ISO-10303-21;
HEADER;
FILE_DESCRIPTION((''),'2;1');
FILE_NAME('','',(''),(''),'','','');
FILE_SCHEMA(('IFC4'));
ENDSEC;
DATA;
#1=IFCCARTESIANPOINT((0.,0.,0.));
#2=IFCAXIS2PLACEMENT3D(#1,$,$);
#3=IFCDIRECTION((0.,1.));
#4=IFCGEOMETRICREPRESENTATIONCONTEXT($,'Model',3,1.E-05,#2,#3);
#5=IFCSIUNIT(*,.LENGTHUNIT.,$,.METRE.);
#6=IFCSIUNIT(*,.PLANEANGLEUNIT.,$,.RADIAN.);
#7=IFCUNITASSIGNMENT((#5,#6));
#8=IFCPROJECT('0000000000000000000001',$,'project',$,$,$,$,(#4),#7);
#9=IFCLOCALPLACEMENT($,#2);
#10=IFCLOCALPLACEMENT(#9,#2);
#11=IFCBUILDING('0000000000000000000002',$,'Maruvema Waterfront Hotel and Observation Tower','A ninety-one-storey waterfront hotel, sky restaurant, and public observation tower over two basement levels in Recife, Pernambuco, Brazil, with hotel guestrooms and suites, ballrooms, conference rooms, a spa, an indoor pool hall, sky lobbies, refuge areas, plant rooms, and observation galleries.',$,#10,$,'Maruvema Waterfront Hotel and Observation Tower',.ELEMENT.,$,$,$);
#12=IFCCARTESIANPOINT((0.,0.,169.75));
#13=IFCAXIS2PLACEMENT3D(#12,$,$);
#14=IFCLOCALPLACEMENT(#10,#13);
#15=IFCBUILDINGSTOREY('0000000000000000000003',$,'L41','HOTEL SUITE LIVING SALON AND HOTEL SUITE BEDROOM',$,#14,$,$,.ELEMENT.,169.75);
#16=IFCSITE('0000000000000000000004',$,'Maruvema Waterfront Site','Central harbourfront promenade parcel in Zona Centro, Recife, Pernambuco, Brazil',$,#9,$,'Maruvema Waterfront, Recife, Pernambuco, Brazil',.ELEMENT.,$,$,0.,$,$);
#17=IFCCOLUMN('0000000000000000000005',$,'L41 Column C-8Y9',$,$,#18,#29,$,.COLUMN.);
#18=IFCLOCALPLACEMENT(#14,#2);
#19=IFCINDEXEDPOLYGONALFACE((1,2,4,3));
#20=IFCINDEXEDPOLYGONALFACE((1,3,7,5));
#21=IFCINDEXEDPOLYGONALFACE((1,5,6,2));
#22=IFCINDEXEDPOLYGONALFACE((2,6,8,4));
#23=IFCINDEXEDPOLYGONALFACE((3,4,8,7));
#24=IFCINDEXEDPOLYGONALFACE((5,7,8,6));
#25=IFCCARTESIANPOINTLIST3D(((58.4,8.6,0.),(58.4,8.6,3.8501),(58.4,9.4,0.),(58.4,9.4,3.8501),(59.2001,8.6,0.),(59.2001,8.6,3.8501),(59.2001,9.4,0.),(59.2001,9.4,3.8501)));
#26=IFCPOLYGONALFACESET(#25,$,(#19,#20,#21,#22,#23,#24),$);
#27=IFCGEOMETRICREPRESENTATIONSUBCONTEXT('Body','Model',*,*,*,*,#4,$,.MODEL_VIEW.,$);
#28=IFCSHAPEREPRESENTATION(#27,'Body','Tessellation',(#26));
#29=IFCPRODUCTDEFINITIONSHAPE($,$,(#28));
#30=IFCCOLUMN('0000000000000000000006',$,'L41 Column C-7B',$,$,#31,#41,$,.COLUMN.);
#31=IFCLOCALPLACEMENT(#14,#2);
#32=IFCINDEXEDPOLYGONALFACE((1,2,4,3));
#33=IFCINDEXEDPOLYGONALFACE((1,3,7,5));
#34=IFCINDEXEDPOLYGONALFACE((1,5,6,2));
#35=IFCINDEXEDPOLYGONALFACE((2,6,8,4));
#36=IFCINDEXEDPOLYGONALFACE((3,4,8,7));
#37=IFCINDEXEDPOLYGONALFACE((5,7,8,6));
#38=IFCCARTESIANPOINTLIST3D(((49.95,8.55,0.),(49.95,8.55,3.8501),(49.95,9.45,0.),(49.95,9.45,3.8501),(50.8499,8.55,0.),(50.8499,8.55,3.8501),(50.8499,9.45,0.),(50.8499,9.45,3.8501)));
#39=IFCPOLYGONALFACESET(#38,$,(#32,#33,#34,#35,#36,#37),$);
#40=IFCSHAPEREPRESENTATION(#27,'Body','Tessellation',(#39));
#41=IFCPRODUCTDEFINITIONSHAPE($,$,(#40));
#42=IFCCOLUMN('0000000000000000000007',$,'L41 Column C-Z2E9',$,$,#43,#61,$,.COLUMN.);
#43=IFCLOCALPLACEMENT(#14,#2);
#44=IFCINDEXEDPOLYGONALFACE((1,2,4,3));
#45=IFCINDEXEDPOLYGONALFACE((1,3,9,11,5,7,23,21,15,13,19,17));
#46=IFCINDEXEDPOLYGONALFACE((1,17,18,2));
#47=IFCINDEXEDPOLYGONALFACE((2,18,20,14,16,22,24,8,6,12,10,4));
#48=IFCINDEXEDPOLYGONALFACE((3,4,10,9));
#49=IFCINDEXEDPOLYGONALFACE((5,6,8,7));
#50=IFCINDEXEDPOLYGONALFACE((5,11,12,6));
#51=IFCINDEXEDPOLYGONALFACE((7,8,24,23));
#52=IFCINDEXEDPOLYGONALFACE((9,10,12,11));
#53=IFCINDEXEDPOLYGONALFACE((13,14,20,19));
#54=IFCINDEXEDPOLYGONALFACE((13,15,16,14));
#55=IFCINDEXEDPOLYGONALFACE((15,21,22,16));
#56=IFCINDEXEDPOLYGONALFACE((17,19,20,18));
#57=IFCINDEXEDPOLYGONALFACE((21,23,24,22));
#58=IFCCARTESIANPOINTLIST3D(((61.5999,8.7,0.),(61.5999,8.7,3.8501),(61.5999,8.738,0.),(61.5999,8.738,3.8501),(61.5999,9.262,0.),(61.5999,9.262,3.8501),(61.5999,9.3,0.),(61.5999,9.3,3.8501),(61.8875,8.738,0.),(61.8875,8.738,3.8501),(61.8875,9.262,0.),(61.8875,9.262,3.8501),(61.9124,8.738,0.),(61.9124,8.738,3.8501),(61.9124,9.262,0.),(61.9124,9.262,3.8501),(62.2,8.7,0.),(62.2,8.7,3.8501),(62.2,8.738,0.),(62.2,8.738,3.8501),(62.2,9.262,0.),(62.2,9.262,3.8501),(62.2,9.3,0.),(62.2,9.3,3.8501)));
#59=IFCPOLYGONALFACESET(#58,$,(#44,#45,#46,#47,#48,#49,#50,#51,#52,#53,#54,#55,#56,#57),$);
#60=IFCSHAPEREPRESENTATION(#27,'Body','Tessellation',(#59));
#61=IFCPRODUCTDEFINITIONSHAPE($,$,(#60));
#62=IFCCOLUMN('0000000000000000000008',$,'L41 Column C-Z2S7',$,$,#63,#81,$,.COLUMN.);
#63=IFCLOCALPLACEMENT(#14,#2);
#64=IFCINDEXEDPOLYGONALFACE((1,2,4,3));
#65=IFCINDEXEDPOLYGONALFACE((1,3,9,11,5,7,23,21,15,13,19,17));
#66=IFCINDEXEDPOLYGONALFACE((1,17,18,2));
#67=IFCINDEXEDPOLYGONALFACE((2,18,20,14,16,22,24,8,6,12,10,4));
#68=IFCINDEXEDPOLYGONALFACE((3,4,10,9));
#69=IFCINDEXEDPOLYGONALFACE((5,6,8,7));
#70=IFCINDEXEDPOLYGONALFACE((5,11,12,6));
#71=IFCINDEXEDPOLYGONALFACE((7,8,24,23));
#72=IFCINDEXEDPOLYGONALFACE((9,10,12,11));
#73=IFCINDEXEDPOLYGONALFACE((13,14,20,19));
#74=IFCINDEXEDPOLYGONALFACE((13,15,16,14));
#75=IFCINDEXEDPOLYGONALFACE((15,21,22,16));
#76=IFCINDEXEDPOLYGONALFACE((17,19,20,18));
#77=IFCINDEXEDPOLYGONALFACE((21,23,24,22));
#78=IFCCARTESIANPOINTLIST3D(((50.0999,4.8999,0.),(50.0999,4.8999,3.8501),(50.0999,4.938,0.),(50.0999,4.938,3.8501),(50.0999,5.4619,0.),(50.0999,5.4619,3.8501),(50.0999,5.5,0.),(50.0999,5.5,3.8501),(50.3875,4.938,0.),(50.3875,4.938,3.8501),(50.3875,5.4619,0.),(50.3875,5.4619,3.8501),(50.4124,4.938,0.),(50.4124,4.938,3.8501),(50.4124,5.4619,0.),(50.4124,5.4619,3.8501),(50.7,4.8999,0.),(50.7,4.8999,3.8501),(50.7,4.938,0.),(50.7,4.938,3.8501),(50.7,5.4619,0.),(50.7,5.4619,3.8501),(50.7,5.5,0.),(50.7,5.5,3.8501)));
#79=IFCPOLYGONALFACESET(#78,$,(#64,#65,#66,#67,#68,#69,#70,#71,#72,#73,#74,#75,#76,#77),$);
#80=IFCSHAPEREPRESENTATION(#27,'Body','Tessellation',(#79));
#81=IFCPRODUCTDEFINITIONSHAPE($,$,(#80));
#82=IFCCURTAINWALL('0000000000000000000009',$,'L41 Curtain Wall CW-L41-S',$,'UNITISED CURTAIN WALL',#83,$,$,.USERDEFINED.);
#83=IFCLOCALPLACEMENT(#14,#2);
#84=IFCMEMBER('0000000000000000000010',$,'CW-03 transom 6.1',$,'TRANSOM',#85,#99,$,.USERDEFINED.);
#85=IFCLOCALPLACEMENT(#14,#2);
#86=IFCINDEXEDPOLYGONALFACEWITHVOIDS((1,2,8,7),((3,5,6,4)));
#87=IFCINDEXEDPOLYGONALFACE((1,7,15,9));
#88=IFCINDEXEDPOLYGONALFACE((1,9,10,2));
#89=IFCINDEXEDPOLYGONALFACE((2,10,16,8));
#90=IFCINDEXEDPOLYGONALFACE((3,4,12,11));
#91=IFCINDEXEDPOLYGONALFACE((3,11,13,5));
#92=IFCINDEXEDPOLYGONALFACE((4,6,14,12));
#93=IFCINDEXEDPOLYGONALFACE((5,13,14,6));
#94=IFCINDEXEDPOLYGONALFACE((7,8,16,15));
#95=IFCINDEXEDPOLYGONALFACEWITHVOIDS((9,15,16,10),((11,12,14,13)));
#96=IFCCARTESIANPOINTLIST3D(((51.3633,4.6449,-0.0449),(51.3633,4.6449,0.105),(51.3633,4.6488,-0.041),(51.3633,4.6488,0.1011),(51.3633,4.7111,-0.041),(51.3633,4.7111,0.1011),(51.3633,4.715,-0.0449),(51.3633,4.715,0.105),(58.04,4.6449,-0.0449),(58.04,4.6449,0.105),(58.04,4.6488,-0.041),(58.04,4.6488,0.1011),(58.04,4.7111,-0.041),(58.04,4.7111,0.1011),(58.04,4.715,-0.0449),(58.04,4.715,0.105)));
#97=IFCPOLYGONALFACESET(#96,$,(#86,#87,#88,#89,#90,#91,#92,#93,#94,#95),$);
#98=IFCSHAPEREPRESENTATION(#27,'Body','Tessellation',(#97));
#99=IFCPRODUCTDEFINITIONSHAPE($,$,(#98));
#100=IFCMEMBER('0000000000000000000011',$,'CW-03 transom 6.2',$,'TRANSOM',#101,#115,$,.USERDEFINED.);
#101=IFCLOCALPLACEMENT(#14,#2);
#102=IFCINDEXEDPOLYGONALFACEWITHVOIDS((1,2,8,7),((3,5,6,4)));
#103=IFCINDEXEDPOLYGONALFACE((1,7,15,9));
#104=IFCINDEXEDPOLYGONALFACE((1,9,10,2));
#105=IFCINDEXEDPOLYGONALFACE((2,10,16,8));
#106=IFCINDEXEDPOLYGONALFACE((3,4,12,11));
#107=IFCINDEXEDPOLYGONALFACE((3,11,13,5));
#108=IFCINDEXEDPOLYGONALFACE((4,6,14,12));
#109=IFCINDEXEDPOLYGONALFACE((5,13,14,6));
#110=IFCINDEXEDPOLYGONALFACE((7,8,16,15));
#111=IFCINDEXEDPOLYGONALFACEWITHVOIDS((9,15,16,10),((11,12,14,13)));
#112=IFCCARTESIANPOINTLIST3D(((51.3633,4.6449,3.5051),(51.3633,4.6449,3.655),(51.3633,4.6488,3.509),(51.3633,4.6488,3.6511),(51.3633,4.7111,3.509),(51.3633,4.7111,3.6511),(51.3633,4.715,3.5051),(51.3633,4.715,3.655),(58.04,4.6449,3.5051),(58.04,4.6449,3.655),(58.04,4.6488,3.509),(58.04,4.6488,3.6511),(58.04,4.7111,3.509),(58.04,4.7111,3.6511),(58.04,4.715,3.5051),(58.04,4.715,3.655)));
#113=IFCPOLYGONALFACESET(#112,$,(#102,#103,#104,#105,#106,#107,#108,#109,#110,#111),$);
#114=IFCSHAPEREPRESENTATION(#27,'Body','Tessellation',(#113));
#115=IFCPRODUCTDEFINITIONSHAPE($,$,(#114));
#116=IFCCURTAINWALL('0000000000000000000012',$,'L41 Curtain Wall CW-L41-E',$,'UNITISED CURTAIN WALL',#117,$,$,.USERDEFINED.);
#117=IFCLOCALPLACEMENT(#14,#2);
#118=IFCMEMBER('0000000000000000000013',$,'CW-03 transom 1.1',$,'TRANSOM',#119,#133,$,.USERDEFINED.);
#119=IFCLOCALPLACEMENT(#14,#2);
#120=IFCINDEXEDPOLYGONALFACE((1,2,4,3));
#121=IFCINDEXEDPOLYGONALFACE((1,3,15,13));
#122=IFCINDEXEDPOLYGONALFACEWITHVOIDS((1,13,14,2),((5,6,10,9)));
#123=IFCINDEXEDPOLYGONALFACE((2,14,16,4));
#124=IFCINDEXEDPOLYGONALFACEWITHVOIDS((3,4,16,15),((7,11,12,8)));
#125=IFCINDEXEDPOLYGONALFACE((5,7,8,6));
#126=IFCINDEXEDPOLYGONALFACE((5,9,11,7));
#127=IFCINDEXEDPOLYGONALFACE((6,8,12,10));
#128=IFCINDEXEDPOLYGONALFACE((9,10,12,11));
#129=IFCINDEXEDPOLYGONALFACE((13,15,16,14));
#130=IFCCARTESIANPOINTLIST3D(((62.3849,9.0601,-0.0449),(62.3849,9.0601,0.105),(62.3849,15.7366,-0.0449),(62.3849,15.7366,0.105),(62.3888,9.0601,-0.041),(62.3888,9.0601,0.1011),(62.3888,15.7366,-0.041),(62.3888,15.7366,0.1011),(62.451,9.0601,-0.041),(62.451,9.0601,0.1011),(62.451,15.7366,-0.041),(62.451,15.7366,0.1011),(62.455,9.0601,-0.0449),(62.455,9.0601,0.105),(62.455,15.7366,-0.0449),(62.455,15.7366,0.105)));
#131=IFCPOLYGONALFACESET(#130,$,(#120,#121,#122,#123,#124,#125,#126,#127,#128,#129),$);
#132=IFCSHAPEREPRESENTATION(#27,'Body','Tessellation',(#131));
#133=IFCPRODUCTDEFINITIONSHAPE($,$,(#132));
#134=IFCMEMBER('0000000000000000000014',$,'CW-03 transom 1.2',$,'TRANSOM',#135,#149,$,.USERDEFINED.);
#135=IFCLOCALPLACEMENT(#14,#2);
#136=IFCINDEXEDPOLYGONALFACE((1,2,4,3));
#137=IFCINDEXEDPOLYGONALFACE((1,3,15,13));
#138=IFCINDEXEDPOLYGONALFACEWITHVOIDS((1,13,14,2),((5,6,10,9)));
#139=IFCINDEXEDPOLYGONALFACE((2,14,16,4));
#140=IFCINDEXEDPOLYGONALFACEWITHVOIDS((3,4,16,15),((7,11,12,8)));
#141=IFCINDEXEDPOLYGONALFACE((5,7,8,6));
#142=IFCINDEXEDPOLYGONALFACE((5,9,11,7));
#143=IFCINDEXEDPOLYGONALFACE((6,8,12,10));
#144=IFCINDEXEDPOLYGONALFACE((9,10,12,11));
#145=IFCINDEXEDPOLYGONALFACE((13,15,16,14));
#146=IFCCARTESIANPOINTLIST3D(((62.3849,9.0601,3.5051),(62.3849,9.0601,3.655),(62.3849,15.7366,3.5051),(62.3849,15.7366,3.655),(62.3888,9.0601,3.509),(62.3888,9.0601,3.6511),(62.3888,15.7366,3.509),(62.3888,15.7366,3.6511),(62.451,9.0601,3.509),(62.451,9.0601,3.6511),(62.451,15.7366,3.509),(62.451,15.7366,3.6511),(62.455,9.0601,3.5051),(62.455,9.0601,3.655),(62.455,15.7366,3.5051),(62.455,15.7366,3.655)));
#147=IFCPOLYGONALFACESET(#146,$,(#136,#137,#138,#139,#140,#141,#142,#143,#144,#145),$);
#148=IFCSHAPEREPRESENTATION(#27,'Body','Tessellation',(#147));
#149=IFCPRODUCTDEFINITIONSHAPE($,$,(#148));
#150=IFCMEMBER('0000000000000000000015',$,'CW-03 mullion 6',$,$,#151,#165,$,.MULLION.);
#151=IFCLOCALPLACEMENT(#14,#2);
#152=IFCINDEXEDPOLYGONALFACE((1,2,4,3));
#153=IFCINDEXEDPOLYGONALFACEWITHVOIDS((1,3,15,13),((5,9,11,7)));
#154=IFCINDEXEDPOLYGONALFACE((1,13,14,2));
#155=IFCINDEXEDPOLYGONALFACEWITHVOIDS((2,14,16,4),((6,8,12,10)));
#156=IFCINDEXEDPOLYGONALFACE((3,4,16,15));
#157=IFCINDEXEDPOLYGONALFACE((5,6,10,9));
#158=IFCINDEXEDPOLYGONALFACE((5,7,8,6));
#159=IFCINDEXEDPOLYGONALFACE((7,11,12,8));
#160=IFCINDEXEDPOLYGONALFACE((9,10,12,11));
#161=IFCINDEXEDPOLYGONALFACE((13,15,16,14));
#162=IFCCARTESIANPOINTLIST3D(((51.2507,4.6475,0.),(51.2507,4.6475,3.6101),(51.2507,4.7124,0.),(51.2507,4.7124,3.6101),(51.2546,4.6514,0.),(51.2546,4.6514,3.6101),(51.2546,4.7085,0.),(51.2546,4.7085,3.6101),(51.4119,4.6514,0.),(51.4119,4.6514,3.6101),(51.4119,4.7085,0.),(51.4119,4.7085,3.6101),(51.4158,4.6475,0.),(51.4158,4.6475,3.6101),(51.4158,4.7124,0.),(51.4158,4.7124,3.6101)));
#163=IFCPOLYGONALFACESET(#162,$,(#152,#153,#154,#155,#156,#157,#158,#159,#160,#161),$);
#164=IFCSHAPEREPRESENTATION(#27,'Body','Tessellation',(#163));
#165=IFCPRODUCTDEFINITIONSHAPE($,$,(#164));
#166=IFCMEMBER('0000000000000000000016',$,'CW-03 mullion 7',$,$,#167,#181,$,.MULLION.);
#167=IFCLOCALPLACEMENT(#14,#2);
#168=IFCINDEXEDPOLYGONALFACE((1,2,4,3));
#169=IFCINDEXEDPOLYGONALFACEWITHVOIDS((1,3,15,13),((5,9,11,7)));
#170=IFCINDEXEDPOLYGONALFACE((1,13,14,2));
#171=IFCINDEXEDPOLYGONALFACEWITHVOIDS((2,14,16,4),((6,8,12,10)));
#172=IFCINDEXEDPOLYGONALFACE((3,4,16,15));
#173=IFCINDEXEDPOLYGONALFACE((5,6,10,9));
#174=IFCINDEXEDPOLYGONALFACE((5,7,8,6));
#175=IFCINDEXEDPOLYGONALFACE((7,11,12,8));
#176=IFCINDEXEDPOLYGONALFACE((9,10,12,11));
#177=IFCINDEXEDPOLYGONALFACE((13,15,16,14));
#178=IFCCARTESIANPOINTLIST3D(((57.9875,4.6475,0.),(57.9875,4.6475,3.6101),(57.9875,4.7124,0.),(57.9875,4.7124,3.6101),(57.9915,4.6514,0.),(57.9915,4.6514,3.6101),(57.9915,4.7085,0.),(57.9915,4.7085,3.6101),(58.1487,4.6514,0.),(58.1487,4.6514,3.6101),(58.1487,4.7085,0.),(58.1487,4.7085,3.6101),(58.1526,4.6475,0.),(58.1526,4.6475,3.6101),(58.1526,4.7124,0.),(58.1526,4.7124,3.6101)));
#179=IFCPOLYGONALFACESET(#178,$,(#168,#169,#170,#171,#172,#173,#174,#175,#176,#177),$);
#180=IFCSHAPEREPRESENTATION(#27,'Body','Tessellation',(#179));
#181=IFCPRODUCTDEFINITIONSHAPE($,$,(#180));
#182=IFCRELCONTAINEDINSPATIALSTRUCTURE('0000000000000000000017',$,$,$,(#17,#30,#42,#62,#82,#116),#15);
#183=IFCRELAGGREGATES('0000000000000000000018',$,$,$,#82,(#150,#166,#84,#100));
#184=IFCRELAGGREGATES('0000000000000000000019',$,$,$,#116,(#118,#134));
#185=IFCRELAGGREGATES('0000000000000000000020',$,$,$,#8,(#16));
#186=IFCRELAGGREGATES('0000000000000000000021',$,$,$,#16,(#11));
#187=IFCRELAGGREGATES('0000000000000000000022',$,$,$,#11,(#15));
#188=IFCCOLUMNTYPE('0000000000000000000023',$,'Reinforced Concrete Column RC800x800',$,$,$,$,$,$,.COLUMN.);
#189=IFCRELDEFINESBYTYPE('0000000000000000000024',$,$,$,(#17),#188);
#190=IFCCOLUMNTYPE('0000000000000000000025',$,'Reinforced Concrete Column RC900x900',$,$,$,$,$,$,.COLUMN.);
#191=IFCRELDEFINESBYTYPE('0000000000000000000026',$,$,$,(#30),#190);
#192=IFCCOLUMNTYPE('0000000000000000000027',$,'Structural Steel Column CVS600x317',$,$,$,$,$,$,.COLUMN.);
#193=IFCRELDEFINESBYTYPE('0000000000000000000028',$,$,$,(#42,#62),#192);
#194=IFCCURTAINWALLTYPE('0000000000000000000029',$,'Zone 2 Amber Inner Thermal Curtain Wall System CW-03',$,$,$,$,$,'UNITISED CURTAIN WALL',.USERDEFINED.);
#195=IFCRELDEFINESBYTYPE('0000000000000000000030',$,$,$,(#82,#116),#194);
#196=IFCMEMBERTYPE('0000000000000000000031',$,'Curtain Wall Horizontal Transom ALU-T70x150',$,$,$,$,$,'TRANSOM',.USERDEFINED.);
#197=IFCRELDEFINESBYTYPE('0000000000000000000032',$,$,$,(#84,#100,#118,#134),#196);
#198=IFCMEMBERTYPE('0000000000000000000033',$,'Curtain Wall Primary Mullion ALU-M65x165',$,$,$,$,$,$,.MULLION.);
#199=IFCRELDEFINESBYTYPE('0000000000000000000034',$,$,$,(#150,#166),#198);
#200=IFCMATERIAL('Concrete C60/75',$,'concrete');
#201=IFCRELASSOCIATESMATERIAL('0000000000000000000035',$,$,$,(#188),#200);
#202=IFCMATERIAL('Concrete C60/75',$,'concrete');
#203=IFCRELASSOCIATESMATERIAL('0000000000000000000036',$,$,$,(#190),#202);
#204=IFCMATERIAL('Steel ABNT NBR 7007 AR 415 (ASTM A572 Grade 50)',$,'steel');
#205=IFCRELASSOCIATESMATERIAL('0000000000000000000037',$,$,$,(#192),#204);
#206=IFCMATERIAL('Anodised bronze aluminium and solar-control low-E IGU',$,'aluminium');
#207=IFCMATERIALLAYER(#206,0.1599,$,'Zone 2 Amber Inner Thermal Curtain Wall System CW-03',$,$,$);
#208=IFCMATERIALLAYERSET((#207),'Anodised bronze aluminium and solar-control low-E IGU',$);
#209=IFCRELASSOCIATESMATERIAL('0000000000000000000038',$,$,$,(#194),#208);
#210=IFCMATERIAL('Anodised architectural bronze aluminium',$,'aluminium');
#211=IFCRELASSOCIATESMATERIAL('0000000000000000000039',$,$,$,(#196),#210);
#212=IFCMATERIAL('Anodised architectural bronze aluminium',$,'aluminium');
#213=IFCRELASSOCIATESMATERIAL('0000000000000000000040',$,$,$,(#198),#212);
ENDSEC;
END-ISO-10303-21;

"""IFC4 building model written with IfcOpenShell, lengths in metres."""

from ifc_helpers import new_model, si_unit, direction, frame, origin, origin_2d, place, context, subcontext, project, spatial, rectangle, hollow_rectangle, i_section, extrude, material, layer, layer_set, material_profile, profile_set, type_object, element, aggregate, save


model = new_model("IFC4")

# Units and contexts
model_context = context("Model", 3, precision=1e-05, world=origin(), true_north=direction((0.0, 1.0)))
body_context = subcontext(model_context, "Body", "Model", "MODEL_VIEW")
ifc_project = project(units=[si_unit("LENGTHUNIT", "METRE"), si_unit("PLANEANGLEUNIT", "RADIAN")], contexts=[model_context])

# Site, building, storey
site_placement = place(None, origin())
site = spatial("IfcSite", under=ifc_project, at=site_placement, Name="Maruvema Waterfront Site", Description="Central harbourfront promenade parcel in Zona Centro, Recife, Pernambuco, Brazil", LongName="Maruvema Waterfront, Recife, Pernambuco, Brazil", CompositionType="ELEMENT", RefElevation=0.0)
building_placement = place(site_placement, origin())
building = spatial("IfcBuilding", under=site, at=building_placement, Name="Maruvema Waterfront Hotel and Observation Tower", Description="A ninety-one-storey waterfront hotel, sky restaurant, and public observation tower over two basement levels in Recife, Pernambuco, Brazil, with hotel guestrooms and suites, ballrooms, conference rooms, a spa, an indoor pool hall, sky lobbies, refuge areas, plant rooms, and observation galleries.", LongName="Maruvema Waterfront Hotel and Observation Tower", CompositionType="ELEMENT")
storey_placement = place(building_placement, frame((0.0, 0.0, 169.75)))
storey = spatial("IfcBuildingStorey", under=building, at=storey_placement, Name="L41", Description="HOTEL SUITE LIVING SALON AND HOTEL SUITE BEDROOM", CompositionType="ELEMENT", Elevation=169.75)

# Columns
ifc_material_1 = material(Name="Concrete C60/75", Category="concrete")
ifc_material_profile_1 = material_profile(ifc_material_1, rectangle(XDim=0.8, YDim=0.8, at=origin_2d()), Name="RC800x800")
ifc_profile_set_1 = profile_set([ifc_material_profile_1], Name="Concrete C60/75")
column_type_1 = type_object("IfcColumnType", Name="Reinforced Concrete Column RC800x800", PredefinedType="COLUMN", material=ifc_profile_set_1)
column_1_placement = place(storey_placement, frame((58.8, 9.0, 0.0), z_axis=(0.0, 0.0, 1.0), x_axis=(1.0, 0.0, 0.0)))
element("IfcColumn", 1, at=column_1_placement, inside=storey, type_object=column_type_1, Name="L41 Column C-8Y9", PredefinedType="COLUMN", context=body_context, shape_type="SweptSolid", body=[
    extrude(rectangle(XDim=0.8, YDim=0.8, at=origin_2d()), origin(), (0.0, 0.0, 1.0), 3.8501),
])
ifc_material_2 = material(Name="Concrete C60/75", Category="concrete")
ifc_material_profile_2 = material_profile(ifc_material_2, rectangle(XDim=0.8999, YDim=0.8999, at=origin_2d()), Name="RC900x900")
ifc_profile_set_2 = profile_set([ifc_material_profile_2], Name="Concrete C60/75")
column_type_2 = type_object("IfcColumnType", Name="Reinforced Concrete Column RC900x900", PredefinedType="COLUMN", material=ifc_profile_set_2)
column_2_placement = place(storey_placement, frame((50.3999, 9.0, 0.0), z_axis=(0.0, 0.0, 1.0), x_axis=(1.0, 0.0, 0.0)))
element("IfcColumn", 2, at=column_2_placement, inside=storey, type_object=column_type_2, Name="L41 Column C-7B", PredefinedType="COLUMN", context=body_context, shape_type="SweptSolid", body=[
    extrude(rectangle(XDim=0.8999, YDim=0.8999, at=origin_2d()), origin(), (0.0, 0.0, 1.0), 3.8501),
])
ifc_material_3 = material(Name="Steel ABNT NBR 7007 AR 415 (ASTM A572 Grade 50)", Category="steel")
ifc_material_profile_3 = material_profile(ifc_material_3, i_section(OverallWidth=0.6001, OverallDepth=0.6001, WebThickness=0.0249, FlangeThickness=0.0381, at=origin_2d()), Name="CVS600x317")
ifc_profile_set_3 = profile_set([ifc_material_profile_3], Name="Steel ABNT NBR 7007 AR 415 (ASTM A572 Grade 50)")
column_type_3 = type_object("IfcColumnType", Name="Structural Steel Column CVS600x317", PredefinedType="COLUMN", material=ifc_profile_set_3)
for number, where, z_axis, x_axis, name in (
    (3, (61.8999, 9.0, 0.0), (0.0, 0.0, 1.0), (1.0, 0.0, 0.0), "L41 Column C-Z2E9"),
    (4, (50.3999, 5.2, 0.0), (0.0, 0.0, 1.0), (1.0, 0.0, 0.0), "L41 Column C-Z2S7"),
):
    element("IfcColumn", number, at=place(storey_placement, frame(where, z_axis=z_axis, x_axis=x_axis)), inside=storey, type_object=column_type_3, Name=name, PredefinedType="COLUMN", context=body_context, shape_type="SweptSolid", body=[
        extrude(i_section(OverallWidth=0.6001, OverallDepth=0.6001, WebThickness=0.0249, FlangeThickness=0.0381, at=origin_2d()), origin(), (0.0, 0.0, 1.0), 3.8501),
    ])

# Curtain walls, members
ifc_material_4 = material(Name="Anodised bronze aluminium and solar-control low-E IGU", Category="aluminium")
ifc_layer_1 = layer(ifc_material_4, 0.1599, Name="Zone 2 Amber Inner Thermal Curtain Wall System CW-03")
ifc_layer_set_1 = layer_set([ifc_layer_1], Name="Anodised bronze aluminium and solar-control low-E IGU")
curtain_wall_type = type_object("IfcCurtainWallType", Name="Zone 2 Amber Inner Thermal Curtain Wall System CW-03", ElementType="UNITISED CURTAIN WALL", PredefinedType="USERDEFINED", material=ifc_layer_set_1)
curtain_wall_1_placement = place(storey_placement, origin())
curtain_wall_1 = element("IfcCurtainWall", 5, at=curtain_wall_1_placement, inside=storey, type_object=curtain_wall_type, Name="L41 Curtain Wall CW-L41-S", ObjectType="UNITISED CURTAIN WALL", PredefinedType="USERDEFINED")
ifc_material_5 = material(Name="Anodised architectural bronze aluminium", Category="aluminium")
ifc_material_profile_4 = material_profile(ifc_material_5, hollow_rectangle(XDim=0.0701, YDim=0.1499, WallThickness=0.0039, at=origin_2d()), Name="ALU-T70x150")
ifc_profile_set_4 = profile_set([ifc_material_profile_4], Name="Anodised architectural bronze aluminium")
member_type_1 = type_object("IfcMemberType", Name="Curtain Wall Horizontal Transom ALU-T70x150", ElementType="TRANSOM", PredefinedType="USERDEFINED", material=ifc_profile_set_4)
member_1_placement = place(storey_placement, frame((51.3633, 4.6799, 0.03), z_axis=(1.0, 0.0, 0.0), x_axis=(0.0, 1.0, 0.0)))
member_1 = element("IfcMember", 6, at=member_1_placement, type_object=member_type_1, Name="CW-03 transom 6.1", ObjectType="TRANSOM", PredefinedType="USERDEFINED", context=body_context, shape_type="SweptSolid", body=[
    extrude(hollow_rectangle(XDim=0.0701, YDim=0.1499, WallThickness=0.0039, at=origin_2d()), origin(), (0.0, 0.0, 1.0), 6.6768),
])
member_2_placement = place(storey_placement, frame((51.3633, 4.6799, 3.5801), z_axis=(1.0, 0.0, 0.0), x_axis=(0.0, 1.0, 0.0)))
member_2 = element("IfcMember", 7, at=member_2_placement, type_object=member_type_1, Name="CW-03 transom 6.2", ObjectType="TRANSOM", PredefinedType="USERDEFINED", context=body_context, shape_type="SweptSolid", body=[
    extrude(hollow_rectangle(XDim=0.0701, YDim=0.1499, WallThickness=0.0039, at=origin_2d()), origin(), (0.0, 0.0, 1.0), 6.6768),
])
curtain_wall_2_placement = place(storey_placement, origin())
curtain_wall_2 = element("IfcCurtainWall", 8, at=curtain_wall_2_placement, inside=storey, type_object=curtain_wall_type, Name="L41 Curtain Wall CW-L41-E", ObjectType="UNITISED CURTAIN WALL", PredefinedType="USERDEFINED")
member_3_placement = place(storey_placement, frame((62.4199, 9.0601, 0.03), z_axis=(0.0, 1.0, 0.0), x_axis=(-1.0, 0.0, 0.0)))
member_3 = element("IfcMember", 9, at=member_3_placement, type_object=member_type_1, Name="CW-03 transom 1.1", ObjectType="TRANSOM", PredefinedType="USERDEFINED", context=body_context, shape_type="SweptSolid", body=[
    extrude(hollow_rectangle(XDim=0.0701, YDim=0.1499, WallThickness=0.0039, at=origin_2d()), origin(), (0.0, 0.0, 1.0), 6.6765),
])
member_4_placement = place(storey_placement, frame((62.4199, 9.0601, 3.5801), z_axis=(0.0, 1.0, 0.0), x_axis=(-1.0, 0.0, 0.0)))
member_4 = element("IfcMember", 10, at=member_4_placement, type_object=member_type_1, Name="CW-03 transom 1.2", ObjectType="TRANSOM", PredefinedType="USERDEFINED", context=body_context, shape_type="SweptSolid", body=[
    extrude(hollow_rectangle(XDim=0.0701, YDim=0.1499, WallThickness=0.0039, at=origin_2d()), origin(), (0.0, 0.0, 1.0), 6.6765),
])

# Members
ifc_material_6 = material(Name="Anodised architectural bronze aluminium", Category="aluminium")
ifc_material_profile_5 = material_profile(ifc_material_6, hollow_rectangle(XDim=0.0649, YDim=0.165, WallThickness=0.0039, at=origin_2d()), Name="ALU-M65x165")
ifc_profile_set_5 = profile_set([ifc_material_profile_5], Name="Anodised architectural bronze aluminium")
member_type_2 = type_object("IfcMemberType", Name="Curtain Wall Primary Mullion ALU-M65x165", PredefinedType="MULLION", material=ifc_profile_set_5)
member_5_placement = place(storey_placement, frame((51.3333, 4.6799, 0.0), z_axis=(0.0, 0.0, 1.0), x_axis=(0.0, 1.0, 0.0)))
member_5 = element("IfcMember", 11, at=member_5_placement, type_object=member_type_2, Name="CW-03 mullion 6", PredefinedType="MULLION", context=body_context, shape_type="SweptSolid", body=[
    extrude(hollow_rectangle(XDim=0.0649, YDim=0.165, WallThickness=0.0039, at=origin_2d()), origin(), (0.0, 0.0, 1.0), 3.6101),
])
member_6_placement = place(storey_placement, frame((58.0701, 4.6799, 0.0), z_axis=(0.0, 0.0, 1.0), x_axis=(0.0, 1.0, 0.0)))
member_6 = element("IfcMember", 12, at=member_6_placement, type_object=member_type_2, Name="CW-03 mullion 7", PredefinedType="MULLION", context=body_context, shape_type="SweptSolid", body=[
    extrude(hollow_rectangle(XDim=0.0649, YDim=0.165, WallThickness=0.0039, at=origin_2d()), origin(), (0.0, 0.0, 1.0), 3.6101),
])

aggregate(curtain_wall_1, [member_5, member_6, member_1, member_2])
aggregate(curtain_wall_2, [member_3, member_4])

save(model, "model.ifc")
